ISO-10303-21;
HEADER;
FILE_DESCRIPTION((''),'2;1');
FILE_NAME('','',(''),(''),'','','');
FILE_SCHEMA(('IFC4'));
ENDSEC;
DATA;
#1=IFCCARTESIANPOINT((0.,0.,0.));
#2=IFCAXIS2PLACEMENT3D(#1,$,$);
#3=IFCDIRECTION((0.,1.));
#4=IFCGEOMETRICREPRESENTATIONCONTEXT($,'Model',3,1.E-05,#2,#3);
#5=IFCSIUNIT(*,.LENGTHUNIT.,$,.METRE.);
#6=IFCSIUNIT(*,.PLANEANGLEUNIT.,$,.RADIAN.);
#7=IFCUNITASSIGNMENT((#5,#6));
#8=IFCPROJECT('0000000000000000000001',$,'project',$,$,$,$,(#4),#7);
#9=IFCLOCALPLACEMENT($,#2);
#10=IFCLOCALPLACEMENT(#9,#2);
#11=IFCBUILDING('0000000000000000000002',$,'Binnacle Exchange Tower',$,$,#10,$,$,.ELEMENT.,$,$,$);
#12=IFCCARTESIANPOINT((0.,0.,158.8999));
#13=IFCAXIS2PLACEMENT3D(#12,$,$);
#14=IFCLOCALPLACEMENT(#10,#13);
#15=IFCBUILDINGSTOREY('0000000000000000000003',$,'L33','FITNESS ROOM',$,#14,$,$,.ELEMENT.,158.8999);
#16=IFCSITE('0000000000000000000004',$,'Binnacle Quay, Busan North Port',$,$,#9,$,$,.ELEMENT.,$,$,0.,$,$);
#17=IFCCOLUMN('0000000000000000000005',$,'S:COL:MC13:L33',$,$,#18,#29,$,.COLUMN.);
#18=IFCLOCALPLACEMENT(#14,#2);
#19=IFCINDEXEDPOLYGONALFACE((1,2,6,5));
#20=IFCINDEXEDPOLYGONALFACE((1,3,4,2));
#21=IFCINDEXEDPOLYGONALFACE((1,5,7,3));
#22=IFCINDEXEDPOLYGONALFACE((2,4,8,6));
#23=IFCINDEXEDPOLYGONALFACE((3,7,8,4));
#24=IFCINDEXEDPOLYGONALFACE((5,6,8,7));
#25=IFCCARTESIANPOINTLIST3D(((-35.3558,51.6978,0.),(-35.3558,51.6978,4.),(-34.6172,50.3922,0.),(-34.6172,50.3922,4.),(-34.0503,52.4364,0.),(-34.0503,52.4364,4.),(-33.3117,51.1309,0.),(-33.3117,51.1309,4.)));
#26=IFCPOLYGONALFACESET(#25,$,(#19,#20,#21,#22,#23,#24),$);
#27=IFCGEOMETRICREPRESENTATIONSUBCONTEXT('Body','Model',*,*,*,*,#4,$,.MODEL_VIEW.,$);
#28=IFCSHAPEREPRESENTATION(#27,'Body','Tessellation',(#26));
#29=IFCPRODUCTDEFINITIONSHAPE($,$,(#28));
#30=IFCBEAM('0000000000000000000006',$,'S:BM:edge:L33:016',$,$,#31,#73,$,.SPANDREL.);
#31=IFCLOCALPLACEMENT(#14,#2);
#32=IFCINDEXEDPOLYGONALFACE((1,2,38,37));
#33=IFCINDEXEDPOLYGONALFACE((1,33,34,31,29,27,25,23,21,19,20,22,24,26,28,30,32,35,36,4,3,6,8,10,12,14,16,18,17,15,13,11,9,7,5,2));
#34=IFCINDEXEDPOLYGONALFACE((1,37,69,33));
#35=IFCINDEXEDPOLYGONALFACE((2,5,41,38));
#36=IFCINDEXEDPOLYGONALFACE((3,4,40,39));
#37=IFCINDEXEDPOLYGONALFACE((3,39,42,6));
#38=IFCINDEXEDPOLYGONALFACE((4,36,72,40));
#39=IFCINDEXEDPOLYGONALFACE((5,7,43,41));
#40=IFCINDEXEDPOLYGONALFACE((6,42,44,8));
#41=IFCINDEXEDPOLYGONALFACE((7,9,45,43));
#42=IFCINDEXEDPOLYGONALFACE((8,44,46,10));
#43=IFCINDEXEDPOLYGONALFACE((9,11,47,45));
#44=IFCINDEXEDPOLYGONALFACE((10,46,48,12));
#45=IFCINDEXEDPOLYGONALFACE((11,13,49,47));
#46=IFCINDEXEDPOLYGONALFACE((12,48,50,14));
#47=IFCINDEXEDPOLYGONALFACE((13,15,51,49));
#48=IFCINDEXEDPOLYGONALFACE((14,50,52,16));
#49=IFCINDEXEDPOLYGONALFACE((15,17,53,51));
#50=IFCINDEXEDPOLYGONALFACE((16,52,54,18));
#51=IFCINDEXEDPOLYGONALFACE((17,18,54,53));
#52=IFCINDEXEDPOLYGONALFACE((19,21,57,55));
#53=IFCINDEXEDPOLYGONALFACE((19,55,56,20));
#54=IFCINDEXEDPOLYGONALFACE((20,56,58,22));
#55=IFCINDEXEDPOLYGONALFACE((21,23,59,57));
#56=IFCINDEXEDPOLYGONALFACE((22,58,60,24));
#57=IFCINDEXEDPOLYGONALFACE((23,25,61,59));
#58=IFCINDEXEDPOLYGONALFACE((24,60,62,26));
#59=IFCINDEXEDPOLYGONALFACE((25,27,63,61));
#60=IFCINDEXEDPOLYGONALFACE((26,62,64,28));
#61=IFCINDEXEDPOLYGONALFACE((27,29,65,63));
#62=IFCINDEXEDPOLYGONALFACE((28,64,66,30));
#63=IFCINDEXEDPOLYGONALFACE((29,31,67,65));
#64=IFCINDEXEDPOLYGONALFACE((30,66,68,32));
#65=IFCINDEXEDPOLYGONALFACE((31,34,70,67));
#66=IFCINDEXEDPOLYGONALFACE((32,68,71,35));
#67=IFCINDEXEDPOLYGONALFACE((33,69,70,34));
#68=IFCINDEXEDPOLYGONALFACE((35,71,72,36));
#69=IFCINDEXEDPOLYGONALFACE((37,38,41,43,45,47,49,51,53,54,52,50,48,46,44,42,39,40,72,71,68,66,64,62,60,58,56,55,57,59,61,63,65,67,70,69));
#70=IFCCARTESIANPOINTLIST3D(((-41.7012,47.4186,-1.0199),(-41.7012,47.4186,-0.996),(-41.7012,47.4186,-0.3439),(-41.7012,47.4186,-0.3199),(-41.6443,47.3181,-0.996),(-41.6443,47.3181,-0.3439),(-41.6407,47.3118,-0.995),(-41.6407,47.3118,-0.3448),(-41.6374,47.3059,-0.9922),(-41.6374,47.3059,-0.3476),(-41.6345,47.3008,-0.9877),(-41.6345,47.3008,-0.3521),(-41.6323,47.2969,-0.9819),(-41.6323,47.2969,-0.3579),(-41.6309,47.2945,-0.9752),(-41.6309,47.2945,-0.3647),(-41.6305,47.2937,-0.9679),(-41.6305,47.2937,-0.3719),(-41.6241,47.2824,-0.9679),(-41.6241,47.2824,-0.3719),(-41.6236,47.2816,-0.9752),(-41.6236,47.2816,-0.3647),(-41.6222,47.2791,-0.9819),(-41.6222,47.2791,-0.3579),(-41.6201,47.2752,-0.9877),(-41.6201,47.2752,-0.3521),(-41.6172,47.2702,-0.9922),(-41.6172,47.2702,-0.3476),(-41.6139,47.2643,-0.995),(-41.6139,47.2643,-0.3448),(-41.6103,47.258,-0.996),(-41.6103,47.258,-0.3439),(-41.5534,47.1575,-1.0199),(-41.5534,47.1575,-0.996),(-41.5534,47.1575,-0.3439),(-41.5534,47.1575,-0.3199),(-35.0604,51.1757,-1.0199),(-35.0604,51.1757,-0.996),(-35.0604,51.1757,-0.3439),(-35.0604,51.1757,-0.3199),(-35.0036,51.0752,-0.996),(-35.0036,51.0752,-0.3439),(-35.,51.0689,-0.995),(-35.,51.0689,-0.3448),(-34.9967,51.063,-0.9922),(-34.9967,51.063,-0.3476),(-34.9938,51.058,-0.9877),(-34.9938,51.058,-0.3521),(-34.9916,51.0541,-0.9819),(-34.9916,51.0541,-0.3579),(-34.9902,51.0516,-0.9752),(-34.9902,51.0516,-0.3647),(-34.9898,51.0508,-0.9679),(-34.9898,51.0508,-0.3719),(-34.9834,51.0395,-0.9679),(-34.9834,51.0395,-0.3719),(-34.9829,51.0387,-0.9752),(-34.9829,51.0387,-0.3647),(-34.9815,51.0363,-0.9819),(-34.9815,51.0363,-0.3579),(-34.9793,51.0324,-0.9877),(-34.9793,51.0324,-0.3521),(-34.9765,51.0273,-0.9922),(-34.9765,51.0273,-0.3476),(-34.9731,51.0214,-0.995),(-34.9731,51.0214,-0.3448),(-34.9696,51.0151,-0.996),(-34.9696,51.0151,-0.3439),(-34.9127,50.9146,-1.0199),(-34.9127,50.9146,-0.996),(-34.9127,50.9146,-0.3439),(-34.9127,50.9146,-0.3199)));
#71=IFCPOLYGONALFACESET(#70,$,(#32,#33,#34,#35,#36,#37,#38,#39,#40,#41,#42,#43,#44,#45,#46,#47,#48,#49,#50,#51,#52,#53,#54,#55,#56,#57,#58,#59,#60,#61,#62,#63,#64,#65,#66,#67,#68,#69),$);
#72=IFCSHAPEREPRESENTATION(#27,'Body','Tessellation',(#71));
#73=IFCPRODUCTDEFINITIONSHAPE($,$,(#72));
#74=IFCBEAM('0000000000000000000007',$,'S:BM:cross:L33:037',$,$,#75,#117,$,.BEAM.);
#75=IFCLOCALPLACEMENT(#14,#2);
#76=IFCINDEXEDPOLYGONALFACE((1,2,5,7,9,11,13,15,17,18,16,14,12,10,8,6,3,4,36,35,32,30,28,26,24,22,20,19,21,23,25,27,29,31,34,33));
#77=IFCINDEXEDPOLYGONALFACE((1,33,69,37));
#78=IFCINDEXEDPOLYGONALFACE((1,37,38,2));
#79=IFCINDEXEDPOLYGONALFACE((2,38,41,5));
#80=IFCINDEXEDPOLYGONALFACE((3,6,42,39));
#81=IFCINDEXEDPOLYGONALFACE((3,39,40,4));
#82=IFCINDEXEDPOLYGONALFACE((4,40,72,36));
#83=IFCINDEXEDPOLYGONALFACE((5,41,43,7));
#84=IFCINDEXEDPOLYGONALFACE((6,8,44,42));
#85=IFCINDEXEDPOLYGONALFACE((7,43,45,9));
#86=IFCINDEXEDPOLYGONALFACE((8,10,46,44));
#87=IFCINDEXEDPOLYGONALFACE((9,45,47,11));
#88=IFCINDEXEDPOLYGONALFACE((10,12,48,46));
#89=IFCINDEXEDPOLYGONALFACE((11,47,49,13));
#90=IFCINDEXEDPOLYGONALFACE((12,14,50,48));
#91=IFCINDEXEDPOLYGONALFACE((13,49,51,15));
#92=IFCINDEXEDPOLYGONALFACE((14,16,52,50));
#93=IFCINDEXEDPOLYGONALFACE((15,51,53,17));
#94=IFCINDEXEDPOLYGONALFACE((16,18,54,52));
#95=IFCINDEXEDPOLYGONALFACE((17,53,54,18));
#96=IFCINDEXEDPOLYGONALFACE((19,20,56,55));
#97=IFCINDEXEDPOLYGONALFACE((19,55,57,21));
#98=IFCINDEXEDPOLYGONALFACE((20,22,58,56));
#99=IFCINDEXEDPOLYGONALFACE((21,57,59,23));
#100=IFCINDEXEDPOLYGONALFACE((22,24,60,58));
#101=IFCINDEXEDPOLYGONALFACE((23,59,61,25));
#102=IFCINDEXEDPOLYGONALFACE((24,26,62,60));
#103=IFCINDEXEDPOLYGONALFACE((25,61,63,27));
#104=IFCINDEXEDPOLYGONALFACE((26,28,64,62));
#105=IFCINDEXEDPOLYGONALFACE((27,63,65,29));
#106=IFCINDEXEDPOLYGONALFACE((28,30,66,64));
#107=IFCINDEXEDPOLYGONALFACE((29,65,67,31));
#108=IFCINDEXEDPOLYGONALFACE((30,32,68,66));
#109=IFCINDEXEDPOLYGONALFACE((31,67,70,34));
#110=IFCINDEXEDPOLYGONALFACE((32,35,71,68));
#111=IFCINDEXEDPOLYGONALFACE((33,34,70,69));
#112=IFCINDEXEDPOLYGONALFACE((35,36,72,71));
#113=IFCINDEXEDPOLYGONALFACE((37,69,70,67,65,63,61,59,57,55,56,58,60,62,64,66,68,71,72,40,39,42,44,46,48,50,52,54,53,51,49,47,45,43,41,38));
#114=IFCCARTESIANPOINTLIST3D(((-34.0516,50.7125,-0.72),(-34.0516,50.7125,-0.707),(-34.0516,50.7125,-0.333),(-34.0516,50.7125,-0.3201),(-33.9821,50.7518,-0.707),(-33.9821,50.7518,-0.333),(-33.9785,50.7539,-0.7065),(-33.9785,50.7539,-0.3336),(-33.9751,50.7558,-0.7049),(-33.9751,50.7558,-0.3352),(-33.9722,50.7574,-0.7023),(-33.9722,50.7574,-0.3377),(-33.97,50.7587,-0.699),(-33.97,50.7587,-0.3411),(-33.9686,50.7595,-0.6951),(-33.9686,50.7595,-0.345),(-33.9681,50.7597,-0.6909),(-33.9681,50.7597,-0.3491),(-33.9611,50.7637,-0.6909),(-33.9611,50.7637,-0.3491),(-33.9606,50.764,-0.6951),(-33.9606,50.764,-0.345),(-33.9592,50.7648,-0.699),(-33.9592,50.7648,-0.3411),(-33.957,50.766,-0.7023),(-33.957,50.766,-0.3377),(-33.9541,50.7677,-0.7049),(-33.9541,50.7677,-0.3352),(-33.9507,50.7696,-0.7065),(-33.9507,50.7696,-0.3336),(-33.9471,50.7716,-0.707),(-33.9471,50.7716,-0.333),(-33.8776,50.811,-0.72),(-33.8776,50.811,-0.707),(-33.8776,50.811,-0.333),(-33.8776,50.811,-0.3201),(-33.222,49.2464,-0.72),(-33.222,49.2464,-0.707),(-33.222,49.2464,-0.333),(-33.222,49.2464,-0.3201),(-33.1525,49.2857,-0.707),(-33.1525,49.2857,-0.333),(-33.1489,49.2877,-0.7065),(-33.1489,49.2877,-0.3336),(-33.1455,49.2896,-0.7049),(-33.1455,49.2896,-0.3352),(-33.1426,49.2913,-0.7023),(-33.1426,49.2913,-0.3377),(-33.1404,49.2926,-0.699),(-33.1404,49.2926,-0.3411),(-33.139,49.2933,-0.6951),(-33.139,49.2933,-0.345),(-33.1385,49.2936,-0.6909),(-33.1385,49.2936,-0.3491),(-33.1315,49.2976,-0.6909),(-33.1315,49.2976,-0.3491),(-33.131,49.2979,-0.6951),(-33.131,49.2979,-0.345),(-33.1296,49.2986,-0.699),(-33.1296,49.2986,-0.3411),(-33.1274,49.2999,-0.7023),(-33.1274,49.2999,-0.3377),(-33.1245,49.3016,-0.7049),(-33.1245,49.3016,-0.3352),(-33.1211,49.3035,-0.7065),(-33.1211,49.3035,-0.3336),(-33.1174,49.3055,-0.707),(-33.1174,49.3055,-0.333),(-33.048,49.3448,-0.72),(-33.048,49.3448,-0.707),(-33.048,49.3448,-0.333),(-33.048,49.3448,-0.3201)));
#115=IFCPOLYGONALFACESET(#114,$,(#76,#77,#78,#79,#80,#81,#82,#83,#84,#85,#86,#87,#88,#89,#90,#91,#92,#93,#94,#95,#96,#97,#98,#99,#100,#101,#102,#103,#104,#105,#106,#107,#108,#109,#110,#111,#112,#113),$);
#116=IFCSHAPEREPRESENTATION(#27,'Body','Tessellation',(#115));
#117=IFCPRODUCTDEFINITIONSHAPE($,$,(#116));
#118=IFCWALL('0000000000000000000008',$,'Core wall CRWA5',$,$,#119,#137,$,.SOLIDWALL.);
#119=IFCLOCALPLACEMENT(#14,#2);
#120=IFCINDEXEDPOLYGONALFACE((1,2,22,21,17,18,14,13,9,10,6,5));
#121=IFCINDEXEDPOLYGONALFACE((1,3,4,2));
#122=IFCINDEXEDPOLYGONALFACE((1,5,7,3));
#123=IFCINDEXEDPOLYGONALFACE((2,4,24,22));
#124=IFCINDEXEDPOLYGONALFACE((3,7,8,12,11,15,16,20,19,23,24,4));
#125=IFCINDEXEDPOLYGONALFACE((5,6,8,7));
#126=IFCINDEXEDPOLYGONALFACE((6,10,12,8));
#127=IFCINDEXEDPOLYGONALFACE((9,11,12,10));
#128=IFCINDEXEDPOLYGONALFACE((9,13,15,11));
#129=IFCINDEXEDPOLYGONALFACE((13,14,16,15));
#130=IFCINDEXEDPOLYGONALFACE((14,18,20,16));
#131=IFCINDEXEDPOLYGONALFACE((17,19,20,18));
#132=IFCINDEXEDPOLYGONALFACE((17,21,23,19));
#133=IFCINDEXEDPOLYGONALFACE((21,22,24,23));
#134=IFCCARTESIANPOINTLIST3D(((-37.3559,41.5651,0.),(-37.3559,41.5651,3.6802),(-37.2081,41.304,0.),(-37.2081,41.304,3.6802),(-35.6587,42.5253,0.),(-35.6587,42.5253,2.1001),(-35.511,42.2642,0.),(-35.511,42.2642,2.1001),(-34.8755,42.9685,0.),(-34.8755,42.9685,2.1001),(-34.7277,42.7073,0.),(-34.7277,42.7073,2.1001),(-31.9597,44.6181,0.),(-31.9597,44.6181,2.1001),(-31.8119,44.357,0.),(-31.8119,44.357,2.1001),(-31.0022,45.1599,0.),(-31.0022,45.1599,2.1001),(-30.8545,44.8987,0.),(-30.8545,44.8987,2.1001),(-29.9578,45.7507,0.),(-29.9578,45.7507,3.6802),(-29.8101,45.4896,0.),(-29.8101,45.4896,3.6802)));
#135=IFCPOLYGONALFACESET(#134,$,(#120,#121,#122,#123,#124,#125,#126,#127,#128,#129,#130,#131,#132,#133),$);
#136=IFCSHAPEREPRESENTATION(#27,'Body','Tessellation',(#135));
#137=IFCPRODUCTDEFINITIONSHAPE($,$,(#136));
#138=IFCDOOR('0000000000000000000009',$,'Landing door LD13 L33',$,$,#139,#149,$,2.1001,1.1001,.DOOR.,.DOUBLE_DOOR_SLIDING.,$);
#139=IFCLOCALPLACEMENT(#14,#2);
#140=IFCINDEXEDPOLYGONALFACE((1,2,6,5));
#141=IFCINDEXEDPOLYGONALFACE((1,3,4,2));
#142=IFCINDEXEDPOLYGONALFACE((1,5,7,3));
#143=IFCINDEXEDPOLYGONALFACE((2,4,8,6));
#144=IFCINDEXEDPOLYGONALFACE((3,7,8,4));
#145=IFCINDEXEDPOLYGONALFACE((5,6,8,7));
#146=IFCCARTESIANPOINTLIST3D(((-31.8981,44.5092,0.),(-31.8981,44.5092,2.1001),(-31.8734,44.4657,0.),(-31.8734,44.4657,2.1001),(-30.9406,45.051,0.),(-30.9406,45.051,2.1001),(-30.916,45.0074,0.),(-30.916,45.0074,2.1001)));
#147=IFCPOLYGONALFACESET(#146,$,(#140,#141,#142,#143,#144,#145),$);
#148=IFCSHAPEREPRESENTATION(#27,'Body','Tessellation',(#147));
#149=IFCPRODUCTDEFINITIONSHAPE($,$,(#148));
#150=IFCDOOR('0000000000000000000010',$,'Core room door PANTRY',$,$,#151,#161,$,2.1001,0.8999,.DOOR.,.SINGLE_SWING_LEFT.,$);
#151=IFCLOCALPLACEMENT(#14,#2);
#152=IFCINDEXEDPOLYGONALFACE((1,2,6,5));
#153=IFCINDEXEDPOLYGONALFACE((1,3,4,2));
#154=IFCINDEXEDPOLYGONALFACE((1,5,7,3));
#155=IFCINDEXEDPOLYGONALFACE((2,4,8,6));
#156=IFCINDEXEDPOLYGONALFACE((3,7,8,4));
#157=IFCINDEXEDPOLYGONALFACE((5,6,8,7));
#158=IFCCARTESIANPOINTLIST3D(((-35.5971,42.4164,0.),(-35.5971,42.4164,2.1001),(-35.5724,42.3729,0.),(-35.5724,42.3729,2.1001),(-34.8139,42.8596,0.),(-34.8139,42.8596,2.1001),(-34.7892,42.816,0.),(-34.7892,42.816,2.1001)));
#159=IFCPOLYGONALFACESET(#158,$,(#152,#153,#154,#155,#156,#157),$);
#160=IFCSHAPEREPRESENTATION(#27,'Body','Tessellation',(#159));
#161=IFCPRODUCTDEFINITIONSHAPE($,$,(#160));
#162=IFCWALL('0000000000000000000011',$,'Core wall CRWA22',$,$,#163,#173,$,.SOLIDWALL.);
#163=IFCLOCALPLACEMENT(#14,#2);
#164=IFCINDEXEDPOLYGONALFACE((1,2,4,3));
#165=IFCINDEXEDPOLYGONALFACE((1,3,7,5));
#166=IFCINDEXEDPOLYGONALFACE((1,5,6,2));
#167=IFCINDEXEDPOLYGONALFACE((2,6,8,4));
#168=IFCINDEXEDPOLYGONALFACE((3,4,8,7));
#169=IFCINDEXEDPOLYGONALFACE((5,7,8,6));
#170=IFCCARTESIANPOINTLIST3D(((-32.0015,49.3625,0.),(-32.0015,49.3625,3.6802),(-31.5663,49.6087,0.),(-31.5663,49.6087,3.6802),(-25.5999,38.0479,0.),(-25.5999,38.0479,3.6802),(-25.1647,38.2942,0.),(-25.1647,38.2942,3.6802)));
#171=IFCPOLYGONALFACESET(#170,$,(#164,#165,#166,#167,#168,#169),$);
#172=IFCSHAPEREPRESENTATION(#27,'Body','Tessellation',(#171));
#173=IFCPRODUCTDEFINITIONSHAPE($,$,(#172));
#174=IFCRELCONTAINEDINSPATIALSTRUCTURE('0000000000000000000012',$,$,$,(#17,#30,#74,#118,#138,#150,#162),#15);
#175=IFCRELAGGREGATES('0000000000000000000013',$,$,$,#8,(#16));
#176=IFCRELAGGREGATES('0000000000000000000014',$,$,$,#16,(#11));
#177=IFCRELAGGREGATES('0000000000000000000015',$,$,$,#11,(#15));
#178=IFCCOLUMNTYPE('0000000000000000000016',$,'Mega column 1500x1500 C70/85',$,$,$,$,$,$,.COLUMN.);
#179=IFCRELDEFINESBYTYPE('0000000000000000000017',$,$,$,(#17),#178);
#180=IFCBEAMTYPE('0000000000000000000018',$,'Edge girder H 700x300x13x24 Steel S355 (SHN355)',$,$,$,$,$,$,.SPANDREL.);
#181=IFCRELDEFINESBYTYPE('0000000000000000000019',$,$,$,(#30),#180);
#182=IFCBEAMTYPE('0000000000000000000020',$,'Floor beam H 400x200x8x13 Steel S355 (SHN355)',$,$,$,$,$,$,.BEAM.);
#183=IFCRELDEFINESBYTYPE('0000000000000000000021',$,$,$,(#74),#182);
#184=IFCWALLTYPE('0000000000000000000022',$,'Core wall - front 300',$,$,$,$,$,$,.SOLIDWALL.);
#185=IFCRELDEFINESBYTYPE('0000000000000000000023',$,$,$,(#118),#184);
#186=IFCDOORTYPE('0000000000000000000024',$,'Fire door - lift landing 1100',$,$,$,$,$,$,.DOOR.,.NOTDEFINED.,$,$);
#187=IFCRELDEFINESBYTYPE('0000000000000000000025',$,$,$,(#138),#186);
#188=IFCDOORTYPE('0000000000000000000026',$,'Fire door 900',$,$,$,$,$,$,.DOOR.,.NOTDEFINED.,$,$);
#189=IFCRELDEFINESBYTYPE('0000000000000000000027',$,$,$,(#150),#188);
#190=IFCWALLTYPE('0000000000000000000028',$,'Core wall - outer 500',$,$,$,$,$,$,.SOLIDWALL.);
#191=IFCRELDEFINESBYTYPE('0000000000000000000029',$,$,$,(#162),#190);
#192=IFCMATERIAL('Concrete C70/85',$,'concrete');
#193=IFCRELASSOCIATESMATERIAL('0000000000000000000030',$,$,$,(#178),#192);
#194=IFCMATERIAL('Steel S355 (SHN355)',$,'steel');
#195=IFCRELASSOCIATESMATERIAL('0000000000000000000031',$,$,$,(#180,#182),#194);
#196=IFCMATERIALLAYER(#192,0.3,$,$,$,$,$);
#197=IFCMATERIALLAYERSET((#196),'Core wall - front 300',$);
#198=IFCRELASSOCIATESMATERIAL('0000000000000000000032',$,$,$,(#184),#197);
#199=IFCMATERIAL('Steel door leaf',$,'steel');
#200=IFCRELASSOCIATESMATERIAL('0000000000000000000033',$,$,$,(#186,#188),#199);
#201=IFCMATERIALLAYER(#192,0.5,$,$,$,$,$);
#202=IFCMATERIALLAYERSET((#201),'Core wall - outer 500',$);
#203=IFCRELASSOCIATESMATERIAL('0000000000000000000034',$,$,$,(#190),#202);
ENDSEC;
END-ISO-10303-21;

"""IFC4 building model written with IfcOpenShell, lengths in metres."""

from ifc_helpers import new_model, si_unit, direction, frame, frame_2d, origin, origin_2d, place, context, subcontext, project, spatial, rectangle, i_section, extrude, material, layer, layer_set, material_profile, profile_set, type_object, element, fill, save


model = new_model("IFC4")

# Units and contexts
model_context = context("Model", 3, precision=1e-05, world=origin(), true_north=direction((0.0, 1.0)))
body_context = subcontext(model_context, "Body", "Model", "MODEL_VIEW")
ifc_project = project(units=[si_unit("LENGTHUNIT", "METRE"), si_unit("PLANEANGLEUNIT", "RADIAN")], contexts=[model_context])

# Site, building, storey
site_placement = place(None, origin())
site = spatial("IfcSite", under=ifc_project, at=site_placement, Name="Binnacle Quay, Busan North Port", CompositionType="ELEMENT", RefElevation=0.0)
building_placement = place(site_placement, origin())
building = spatial("IfcBuilding", under=site, at=building_placement, Name="Binnacle Exchange Tower", CompositionType="ELEMENT")
storey_placement = place(building_placement, frame((0.0, 0.0, 158.8999)))
storey = spatial("IfcBuildingStorey", under=building, at=storey_placement, Name="L33", Description="FITNESS ROOM", CompositionType="ELEMENT", Elevation=158.8999)

# Column
ifc_material_1 = material(Name="Concrete C70/85", Category="concrete")
ifc_material_profile_1 = material_profile(ifc_material_1, rectangle(XDim=1.5, YDim=1.5, at=origin_2d()), Name="Mega column 1500x1500 C70/85")
ifc_profile_set_1 = profile_set([ifc_material_profile_1], Name="Concrete C70/85")
column_type = type_object("IfcColumnType", Name="Mega column 1500x1500 C70/85", PredefinedType="COLUMN", material=ifc_profile_set_1)
column_placement = place(storey_placement, frame((-34.3337, 51.4143, 0.0), z_axis=(0.0, 0.0, 1.0), x_axis=(-0.870356, -0.492424, 0.0)))
element("IfcColumn", 1, at=column_placement, inside=storey, type_object=column_type, Name="S:COL:MC13:L33", PredefinedType="COLUMN", context=body_context, shape_type="SweptSolid", body=[
    extrude(rectangle(XDim=1.5, YDim=1.5, at=origin_2d()), origin(), (0.0, 0.0, 1.0), 4.0),
])

# Beams
ifc_material_2 = material(Name="Steel S355 (SHN355)", Category="steel")
ifc_material_profile_2 = material_profile(ifc_material_2, i_section(OverallWidth=0.3, OverallDepth=0.7, WebThickness=0.0129, FlangeThickness=0.0239, FilletRadius=0.0281, at=origin_2d()), Name="H 700x300x13x24")
ifc_profile_set_2 = profile_set([ifc_material_profile_2], Name="Steel S355 (SHN355)")
beam_type_1 = type_object("IfcBeamType", Name="Edge girder H 700x300x13x24 Steel S355 (SHN355)", PredefinedType="SPANDREL", material=ifc_profile_set_2)
beam_1_placement = place(storey_placement, frame((-34.9866, 51.0452, -0.6699), z_axis=(-0.870356, -0.492423, 0.0), x_axis=(0.492423, -0.870356, 0.0)))
element("IfcBeam", 2, at=beam_1_placement, inside=storey, type_object=beam_type_1, Name="S:BM:edge:L33:016", PredefinedType="SPANDREL", context=body_context, shape_type="SweptSolid", body=[
    extrude(i_section(OverallWidth=0.3, OverallDepth=0.7, WebThickness=0.0129, FlangeThickness=0.0239, FilletRadius=0.0281, at=origin_2d()), origin(), (0.0, 0.0, 1.0), 7.6299),
])
ifc_material_profile_3 = material_profile(ifc_material_2, i_section(OverallWidth=0.2, OverallDepth=0.3999, WebThickness=0.0081, FlangeThickness=0.0129, FilletRadius=0.0161, at=origin_2d()), Name="H 400x200x8x13")
ifc_profile_set_3 = profile_set([ifc_material_profile_3], Name="Steel S355 (SHN355)")
beam_type_2 = type_object("IfcBeamType", Name="Floor beam H 400x200x8x13 Steel S355 (SHN355)", PredefinedType="BEAM", material=ifc_profile_set_3)
beam_2_placement = place(storey_placement, frame((-33.9646, 50.7617, -0.52), z_axis=(0.492482, -0.870322, 0.0), x_axis=(0.870322, 0.492482, 0.0)))
element("IfcBeam", 3, at=beam_2_placement, inside=storey, type_object=beam_type_2, Name="S:BM:cross:L33:037", PredefinedType="BEAM", context=body_context, shape_type="SweptSolid", body=[
    extrude(i_section(OverallWidth=0.2, OverallDepth=0.3999, WebThickness=0.0081, FlangeThickness=0.0129, FilletRadius=0.0161, at=origin_2d()), origin(), (0.0, 0.0, 1.0), 1.6846),
])

# Wall, openings, doors
ifc_layer_1 = layer(ifc_material_1, 0.3)
ifc_layer_set_1 = layer_set([ifc_layer_1], Name="Core wall - front 300")
wall_type_1 = type_object("IfcWallType", Name="Core wall - front 300", PredefinedType="SOLIDWALL", material=ifc_layer_set_1)
wall_1_placement = place(storey_placement, frame((-37.282, 41.4346, 0.0), z_axis=(0.0, 0.0, 1.0), x_axis=(0.870356, 0.492423, 0.0)))
wall_1 = element("IfcWall", 4, at=wall_1_placement, inside=storey, type_object=wall_type_1, Name="Core wall CRWA5", PredefinedType="SOLIDWALL", context=body_context, shape_type="SweptSolid", body=[
    extrude(rectangle(XDim=8.5, YDim=0.3, at=frame_2d((4.25, 0.0))), origin(), (0.0, 0.0, 1.0), 3.6802),
])
opening_1_placement = place(wall_1_placement, frame((6.2, 0.0, 0.0)))
opening_1 = element("IfcOpeningElement", 5, at=opening_1_placement, cuts=wall_1, PredefinedType="OPENING", context=body_context, shape_type="SweptSolid", body=[
    extrude(rectangle(XDim=1.1001, YDim=2.1001, at=frame_2d((0.55, 1.05))), frame((0.0, 0.1599, 0.0), z_axis=(0.0, -1.0, 0.0), x_axis=(1.0, 0.0, 0.0)), (0.0, 0.0, 1.0), 0.3201),
])
opening_2_placement = place(wall_1_placement, frame((1.95, 0.0, 0.0)))
opening_2 = element("IfcOpeningElement", 6, at=opening_2_placement, cuts=wall_1, PredefinedType="OPENING", context=body_context, shape_type="SweptSolid", body=[
    extrude(rectangle(XDim=0.8999, YDim=2.1001, at=frame_2d((0.45, 1.05))), frame((0.0, 0.1599, 0.0), z_axis=(0.0, -1.0, 0.0), x_axis=(1.0, 0.0, 0.0)), (0.0, 0.0, 1.0), 0.3201),
])
ifc_material_3 = material(Name="Steel door leaf", Category="steel")
door_type_1 = type_object("IfcDoorType", Name="Fire door - lift landing 1100", OperationType="NOTDEFINED", PredefinedType="DOOR", material=ifc_material_3)
door_1_placement = place(opening_1_placement, origin())
door_1 = element("IfcDoor", 7, at=door_1_placement, inside=storey, type_object=door_type_1, Name="Landing door LD13 L33", OperationType="DOUBLE_DOOR_SLIDING", OverallHeight=2.1001, OverallWidth=1.1001, PredefinedType="DOOR", context=body_context, shape_type="SweptSolid", body=[
    extrude(rectangle(XDim=1.1001, YDim=2.1001, at=frame_2d((0.55, 1.05))), frame((0.0, 0.0249, 0.0), z_axis=(0.0, -1.0, 0.0), x_axis=(1.0, 0.0, 0.0)), (0.0, 0.0, 1.0), 0.05),
])
fill(opening_1, door_1)
door_type_2 = type_object("IfcDoorType", Name="Fire door 900", OperationType="NOTDEFINED", PredefinedType="DOOR", material=ifc_material_3)
door_2_placement = place(opening_2_placement, origin())
door_2 = element("IfcDoor", 8, at=door_2_placement, inside=storey, type_object=door_type_2, Name="Core room door PANTRY", OperationType="SINGLE_SWING_LEFT", OverallHeight=2.1001, OverallWidth=0.8999, PredefinedType="DOOR", context=body_context, shape_type="SweptSolid", body=[
    extrude(rectangle(XDim=0.8999, YDim=2.1001, at=frame_2d((0.45, 1.05))), frame((0.0, 0.0249, 0.0), z_axis=(0.0, -1.0, 0.0), x_axis=(1.0, 0.0, 0.0)), (0.0, 0.0, 1.0), 0.05),
])
fill(opening_2, door_2)

# Wall
ifc_layer_2 = layer(ifc_material_1, 0.5)
ifc_layer_set_2 = layer_set([ifc_layer_2], Name="Core wall - outer 500")
wall_type_2 = type_object("IfcWallType", Name="Core wall - outer 500", PredefinedType="SOLIDWALL", material=ifc_layer_set_2)
wall_2_placement = place(storey_placement, frame((-31.7839, 49.4856, 0.0), z_axis=(0.0, 0.0, 1.0), x_axis=(0.492435, -0.870349, 0.0)))
element("IfcWall", 9, at=wall_2_placement, inside=storey, type_object=wall_type_2, Name="Core wall CRWA22", PredefinedType="SOLIDWALL", context=body_context, shape_type="SweptSolid", body=[
    extrude(rectangle(XDim=13.0, YDim=0.5, at=frame_2d((6.5, 0.0))), origin(), (0.0, 0.0, 1.0), 3.6802),
])

save(model, "model.ifc")
